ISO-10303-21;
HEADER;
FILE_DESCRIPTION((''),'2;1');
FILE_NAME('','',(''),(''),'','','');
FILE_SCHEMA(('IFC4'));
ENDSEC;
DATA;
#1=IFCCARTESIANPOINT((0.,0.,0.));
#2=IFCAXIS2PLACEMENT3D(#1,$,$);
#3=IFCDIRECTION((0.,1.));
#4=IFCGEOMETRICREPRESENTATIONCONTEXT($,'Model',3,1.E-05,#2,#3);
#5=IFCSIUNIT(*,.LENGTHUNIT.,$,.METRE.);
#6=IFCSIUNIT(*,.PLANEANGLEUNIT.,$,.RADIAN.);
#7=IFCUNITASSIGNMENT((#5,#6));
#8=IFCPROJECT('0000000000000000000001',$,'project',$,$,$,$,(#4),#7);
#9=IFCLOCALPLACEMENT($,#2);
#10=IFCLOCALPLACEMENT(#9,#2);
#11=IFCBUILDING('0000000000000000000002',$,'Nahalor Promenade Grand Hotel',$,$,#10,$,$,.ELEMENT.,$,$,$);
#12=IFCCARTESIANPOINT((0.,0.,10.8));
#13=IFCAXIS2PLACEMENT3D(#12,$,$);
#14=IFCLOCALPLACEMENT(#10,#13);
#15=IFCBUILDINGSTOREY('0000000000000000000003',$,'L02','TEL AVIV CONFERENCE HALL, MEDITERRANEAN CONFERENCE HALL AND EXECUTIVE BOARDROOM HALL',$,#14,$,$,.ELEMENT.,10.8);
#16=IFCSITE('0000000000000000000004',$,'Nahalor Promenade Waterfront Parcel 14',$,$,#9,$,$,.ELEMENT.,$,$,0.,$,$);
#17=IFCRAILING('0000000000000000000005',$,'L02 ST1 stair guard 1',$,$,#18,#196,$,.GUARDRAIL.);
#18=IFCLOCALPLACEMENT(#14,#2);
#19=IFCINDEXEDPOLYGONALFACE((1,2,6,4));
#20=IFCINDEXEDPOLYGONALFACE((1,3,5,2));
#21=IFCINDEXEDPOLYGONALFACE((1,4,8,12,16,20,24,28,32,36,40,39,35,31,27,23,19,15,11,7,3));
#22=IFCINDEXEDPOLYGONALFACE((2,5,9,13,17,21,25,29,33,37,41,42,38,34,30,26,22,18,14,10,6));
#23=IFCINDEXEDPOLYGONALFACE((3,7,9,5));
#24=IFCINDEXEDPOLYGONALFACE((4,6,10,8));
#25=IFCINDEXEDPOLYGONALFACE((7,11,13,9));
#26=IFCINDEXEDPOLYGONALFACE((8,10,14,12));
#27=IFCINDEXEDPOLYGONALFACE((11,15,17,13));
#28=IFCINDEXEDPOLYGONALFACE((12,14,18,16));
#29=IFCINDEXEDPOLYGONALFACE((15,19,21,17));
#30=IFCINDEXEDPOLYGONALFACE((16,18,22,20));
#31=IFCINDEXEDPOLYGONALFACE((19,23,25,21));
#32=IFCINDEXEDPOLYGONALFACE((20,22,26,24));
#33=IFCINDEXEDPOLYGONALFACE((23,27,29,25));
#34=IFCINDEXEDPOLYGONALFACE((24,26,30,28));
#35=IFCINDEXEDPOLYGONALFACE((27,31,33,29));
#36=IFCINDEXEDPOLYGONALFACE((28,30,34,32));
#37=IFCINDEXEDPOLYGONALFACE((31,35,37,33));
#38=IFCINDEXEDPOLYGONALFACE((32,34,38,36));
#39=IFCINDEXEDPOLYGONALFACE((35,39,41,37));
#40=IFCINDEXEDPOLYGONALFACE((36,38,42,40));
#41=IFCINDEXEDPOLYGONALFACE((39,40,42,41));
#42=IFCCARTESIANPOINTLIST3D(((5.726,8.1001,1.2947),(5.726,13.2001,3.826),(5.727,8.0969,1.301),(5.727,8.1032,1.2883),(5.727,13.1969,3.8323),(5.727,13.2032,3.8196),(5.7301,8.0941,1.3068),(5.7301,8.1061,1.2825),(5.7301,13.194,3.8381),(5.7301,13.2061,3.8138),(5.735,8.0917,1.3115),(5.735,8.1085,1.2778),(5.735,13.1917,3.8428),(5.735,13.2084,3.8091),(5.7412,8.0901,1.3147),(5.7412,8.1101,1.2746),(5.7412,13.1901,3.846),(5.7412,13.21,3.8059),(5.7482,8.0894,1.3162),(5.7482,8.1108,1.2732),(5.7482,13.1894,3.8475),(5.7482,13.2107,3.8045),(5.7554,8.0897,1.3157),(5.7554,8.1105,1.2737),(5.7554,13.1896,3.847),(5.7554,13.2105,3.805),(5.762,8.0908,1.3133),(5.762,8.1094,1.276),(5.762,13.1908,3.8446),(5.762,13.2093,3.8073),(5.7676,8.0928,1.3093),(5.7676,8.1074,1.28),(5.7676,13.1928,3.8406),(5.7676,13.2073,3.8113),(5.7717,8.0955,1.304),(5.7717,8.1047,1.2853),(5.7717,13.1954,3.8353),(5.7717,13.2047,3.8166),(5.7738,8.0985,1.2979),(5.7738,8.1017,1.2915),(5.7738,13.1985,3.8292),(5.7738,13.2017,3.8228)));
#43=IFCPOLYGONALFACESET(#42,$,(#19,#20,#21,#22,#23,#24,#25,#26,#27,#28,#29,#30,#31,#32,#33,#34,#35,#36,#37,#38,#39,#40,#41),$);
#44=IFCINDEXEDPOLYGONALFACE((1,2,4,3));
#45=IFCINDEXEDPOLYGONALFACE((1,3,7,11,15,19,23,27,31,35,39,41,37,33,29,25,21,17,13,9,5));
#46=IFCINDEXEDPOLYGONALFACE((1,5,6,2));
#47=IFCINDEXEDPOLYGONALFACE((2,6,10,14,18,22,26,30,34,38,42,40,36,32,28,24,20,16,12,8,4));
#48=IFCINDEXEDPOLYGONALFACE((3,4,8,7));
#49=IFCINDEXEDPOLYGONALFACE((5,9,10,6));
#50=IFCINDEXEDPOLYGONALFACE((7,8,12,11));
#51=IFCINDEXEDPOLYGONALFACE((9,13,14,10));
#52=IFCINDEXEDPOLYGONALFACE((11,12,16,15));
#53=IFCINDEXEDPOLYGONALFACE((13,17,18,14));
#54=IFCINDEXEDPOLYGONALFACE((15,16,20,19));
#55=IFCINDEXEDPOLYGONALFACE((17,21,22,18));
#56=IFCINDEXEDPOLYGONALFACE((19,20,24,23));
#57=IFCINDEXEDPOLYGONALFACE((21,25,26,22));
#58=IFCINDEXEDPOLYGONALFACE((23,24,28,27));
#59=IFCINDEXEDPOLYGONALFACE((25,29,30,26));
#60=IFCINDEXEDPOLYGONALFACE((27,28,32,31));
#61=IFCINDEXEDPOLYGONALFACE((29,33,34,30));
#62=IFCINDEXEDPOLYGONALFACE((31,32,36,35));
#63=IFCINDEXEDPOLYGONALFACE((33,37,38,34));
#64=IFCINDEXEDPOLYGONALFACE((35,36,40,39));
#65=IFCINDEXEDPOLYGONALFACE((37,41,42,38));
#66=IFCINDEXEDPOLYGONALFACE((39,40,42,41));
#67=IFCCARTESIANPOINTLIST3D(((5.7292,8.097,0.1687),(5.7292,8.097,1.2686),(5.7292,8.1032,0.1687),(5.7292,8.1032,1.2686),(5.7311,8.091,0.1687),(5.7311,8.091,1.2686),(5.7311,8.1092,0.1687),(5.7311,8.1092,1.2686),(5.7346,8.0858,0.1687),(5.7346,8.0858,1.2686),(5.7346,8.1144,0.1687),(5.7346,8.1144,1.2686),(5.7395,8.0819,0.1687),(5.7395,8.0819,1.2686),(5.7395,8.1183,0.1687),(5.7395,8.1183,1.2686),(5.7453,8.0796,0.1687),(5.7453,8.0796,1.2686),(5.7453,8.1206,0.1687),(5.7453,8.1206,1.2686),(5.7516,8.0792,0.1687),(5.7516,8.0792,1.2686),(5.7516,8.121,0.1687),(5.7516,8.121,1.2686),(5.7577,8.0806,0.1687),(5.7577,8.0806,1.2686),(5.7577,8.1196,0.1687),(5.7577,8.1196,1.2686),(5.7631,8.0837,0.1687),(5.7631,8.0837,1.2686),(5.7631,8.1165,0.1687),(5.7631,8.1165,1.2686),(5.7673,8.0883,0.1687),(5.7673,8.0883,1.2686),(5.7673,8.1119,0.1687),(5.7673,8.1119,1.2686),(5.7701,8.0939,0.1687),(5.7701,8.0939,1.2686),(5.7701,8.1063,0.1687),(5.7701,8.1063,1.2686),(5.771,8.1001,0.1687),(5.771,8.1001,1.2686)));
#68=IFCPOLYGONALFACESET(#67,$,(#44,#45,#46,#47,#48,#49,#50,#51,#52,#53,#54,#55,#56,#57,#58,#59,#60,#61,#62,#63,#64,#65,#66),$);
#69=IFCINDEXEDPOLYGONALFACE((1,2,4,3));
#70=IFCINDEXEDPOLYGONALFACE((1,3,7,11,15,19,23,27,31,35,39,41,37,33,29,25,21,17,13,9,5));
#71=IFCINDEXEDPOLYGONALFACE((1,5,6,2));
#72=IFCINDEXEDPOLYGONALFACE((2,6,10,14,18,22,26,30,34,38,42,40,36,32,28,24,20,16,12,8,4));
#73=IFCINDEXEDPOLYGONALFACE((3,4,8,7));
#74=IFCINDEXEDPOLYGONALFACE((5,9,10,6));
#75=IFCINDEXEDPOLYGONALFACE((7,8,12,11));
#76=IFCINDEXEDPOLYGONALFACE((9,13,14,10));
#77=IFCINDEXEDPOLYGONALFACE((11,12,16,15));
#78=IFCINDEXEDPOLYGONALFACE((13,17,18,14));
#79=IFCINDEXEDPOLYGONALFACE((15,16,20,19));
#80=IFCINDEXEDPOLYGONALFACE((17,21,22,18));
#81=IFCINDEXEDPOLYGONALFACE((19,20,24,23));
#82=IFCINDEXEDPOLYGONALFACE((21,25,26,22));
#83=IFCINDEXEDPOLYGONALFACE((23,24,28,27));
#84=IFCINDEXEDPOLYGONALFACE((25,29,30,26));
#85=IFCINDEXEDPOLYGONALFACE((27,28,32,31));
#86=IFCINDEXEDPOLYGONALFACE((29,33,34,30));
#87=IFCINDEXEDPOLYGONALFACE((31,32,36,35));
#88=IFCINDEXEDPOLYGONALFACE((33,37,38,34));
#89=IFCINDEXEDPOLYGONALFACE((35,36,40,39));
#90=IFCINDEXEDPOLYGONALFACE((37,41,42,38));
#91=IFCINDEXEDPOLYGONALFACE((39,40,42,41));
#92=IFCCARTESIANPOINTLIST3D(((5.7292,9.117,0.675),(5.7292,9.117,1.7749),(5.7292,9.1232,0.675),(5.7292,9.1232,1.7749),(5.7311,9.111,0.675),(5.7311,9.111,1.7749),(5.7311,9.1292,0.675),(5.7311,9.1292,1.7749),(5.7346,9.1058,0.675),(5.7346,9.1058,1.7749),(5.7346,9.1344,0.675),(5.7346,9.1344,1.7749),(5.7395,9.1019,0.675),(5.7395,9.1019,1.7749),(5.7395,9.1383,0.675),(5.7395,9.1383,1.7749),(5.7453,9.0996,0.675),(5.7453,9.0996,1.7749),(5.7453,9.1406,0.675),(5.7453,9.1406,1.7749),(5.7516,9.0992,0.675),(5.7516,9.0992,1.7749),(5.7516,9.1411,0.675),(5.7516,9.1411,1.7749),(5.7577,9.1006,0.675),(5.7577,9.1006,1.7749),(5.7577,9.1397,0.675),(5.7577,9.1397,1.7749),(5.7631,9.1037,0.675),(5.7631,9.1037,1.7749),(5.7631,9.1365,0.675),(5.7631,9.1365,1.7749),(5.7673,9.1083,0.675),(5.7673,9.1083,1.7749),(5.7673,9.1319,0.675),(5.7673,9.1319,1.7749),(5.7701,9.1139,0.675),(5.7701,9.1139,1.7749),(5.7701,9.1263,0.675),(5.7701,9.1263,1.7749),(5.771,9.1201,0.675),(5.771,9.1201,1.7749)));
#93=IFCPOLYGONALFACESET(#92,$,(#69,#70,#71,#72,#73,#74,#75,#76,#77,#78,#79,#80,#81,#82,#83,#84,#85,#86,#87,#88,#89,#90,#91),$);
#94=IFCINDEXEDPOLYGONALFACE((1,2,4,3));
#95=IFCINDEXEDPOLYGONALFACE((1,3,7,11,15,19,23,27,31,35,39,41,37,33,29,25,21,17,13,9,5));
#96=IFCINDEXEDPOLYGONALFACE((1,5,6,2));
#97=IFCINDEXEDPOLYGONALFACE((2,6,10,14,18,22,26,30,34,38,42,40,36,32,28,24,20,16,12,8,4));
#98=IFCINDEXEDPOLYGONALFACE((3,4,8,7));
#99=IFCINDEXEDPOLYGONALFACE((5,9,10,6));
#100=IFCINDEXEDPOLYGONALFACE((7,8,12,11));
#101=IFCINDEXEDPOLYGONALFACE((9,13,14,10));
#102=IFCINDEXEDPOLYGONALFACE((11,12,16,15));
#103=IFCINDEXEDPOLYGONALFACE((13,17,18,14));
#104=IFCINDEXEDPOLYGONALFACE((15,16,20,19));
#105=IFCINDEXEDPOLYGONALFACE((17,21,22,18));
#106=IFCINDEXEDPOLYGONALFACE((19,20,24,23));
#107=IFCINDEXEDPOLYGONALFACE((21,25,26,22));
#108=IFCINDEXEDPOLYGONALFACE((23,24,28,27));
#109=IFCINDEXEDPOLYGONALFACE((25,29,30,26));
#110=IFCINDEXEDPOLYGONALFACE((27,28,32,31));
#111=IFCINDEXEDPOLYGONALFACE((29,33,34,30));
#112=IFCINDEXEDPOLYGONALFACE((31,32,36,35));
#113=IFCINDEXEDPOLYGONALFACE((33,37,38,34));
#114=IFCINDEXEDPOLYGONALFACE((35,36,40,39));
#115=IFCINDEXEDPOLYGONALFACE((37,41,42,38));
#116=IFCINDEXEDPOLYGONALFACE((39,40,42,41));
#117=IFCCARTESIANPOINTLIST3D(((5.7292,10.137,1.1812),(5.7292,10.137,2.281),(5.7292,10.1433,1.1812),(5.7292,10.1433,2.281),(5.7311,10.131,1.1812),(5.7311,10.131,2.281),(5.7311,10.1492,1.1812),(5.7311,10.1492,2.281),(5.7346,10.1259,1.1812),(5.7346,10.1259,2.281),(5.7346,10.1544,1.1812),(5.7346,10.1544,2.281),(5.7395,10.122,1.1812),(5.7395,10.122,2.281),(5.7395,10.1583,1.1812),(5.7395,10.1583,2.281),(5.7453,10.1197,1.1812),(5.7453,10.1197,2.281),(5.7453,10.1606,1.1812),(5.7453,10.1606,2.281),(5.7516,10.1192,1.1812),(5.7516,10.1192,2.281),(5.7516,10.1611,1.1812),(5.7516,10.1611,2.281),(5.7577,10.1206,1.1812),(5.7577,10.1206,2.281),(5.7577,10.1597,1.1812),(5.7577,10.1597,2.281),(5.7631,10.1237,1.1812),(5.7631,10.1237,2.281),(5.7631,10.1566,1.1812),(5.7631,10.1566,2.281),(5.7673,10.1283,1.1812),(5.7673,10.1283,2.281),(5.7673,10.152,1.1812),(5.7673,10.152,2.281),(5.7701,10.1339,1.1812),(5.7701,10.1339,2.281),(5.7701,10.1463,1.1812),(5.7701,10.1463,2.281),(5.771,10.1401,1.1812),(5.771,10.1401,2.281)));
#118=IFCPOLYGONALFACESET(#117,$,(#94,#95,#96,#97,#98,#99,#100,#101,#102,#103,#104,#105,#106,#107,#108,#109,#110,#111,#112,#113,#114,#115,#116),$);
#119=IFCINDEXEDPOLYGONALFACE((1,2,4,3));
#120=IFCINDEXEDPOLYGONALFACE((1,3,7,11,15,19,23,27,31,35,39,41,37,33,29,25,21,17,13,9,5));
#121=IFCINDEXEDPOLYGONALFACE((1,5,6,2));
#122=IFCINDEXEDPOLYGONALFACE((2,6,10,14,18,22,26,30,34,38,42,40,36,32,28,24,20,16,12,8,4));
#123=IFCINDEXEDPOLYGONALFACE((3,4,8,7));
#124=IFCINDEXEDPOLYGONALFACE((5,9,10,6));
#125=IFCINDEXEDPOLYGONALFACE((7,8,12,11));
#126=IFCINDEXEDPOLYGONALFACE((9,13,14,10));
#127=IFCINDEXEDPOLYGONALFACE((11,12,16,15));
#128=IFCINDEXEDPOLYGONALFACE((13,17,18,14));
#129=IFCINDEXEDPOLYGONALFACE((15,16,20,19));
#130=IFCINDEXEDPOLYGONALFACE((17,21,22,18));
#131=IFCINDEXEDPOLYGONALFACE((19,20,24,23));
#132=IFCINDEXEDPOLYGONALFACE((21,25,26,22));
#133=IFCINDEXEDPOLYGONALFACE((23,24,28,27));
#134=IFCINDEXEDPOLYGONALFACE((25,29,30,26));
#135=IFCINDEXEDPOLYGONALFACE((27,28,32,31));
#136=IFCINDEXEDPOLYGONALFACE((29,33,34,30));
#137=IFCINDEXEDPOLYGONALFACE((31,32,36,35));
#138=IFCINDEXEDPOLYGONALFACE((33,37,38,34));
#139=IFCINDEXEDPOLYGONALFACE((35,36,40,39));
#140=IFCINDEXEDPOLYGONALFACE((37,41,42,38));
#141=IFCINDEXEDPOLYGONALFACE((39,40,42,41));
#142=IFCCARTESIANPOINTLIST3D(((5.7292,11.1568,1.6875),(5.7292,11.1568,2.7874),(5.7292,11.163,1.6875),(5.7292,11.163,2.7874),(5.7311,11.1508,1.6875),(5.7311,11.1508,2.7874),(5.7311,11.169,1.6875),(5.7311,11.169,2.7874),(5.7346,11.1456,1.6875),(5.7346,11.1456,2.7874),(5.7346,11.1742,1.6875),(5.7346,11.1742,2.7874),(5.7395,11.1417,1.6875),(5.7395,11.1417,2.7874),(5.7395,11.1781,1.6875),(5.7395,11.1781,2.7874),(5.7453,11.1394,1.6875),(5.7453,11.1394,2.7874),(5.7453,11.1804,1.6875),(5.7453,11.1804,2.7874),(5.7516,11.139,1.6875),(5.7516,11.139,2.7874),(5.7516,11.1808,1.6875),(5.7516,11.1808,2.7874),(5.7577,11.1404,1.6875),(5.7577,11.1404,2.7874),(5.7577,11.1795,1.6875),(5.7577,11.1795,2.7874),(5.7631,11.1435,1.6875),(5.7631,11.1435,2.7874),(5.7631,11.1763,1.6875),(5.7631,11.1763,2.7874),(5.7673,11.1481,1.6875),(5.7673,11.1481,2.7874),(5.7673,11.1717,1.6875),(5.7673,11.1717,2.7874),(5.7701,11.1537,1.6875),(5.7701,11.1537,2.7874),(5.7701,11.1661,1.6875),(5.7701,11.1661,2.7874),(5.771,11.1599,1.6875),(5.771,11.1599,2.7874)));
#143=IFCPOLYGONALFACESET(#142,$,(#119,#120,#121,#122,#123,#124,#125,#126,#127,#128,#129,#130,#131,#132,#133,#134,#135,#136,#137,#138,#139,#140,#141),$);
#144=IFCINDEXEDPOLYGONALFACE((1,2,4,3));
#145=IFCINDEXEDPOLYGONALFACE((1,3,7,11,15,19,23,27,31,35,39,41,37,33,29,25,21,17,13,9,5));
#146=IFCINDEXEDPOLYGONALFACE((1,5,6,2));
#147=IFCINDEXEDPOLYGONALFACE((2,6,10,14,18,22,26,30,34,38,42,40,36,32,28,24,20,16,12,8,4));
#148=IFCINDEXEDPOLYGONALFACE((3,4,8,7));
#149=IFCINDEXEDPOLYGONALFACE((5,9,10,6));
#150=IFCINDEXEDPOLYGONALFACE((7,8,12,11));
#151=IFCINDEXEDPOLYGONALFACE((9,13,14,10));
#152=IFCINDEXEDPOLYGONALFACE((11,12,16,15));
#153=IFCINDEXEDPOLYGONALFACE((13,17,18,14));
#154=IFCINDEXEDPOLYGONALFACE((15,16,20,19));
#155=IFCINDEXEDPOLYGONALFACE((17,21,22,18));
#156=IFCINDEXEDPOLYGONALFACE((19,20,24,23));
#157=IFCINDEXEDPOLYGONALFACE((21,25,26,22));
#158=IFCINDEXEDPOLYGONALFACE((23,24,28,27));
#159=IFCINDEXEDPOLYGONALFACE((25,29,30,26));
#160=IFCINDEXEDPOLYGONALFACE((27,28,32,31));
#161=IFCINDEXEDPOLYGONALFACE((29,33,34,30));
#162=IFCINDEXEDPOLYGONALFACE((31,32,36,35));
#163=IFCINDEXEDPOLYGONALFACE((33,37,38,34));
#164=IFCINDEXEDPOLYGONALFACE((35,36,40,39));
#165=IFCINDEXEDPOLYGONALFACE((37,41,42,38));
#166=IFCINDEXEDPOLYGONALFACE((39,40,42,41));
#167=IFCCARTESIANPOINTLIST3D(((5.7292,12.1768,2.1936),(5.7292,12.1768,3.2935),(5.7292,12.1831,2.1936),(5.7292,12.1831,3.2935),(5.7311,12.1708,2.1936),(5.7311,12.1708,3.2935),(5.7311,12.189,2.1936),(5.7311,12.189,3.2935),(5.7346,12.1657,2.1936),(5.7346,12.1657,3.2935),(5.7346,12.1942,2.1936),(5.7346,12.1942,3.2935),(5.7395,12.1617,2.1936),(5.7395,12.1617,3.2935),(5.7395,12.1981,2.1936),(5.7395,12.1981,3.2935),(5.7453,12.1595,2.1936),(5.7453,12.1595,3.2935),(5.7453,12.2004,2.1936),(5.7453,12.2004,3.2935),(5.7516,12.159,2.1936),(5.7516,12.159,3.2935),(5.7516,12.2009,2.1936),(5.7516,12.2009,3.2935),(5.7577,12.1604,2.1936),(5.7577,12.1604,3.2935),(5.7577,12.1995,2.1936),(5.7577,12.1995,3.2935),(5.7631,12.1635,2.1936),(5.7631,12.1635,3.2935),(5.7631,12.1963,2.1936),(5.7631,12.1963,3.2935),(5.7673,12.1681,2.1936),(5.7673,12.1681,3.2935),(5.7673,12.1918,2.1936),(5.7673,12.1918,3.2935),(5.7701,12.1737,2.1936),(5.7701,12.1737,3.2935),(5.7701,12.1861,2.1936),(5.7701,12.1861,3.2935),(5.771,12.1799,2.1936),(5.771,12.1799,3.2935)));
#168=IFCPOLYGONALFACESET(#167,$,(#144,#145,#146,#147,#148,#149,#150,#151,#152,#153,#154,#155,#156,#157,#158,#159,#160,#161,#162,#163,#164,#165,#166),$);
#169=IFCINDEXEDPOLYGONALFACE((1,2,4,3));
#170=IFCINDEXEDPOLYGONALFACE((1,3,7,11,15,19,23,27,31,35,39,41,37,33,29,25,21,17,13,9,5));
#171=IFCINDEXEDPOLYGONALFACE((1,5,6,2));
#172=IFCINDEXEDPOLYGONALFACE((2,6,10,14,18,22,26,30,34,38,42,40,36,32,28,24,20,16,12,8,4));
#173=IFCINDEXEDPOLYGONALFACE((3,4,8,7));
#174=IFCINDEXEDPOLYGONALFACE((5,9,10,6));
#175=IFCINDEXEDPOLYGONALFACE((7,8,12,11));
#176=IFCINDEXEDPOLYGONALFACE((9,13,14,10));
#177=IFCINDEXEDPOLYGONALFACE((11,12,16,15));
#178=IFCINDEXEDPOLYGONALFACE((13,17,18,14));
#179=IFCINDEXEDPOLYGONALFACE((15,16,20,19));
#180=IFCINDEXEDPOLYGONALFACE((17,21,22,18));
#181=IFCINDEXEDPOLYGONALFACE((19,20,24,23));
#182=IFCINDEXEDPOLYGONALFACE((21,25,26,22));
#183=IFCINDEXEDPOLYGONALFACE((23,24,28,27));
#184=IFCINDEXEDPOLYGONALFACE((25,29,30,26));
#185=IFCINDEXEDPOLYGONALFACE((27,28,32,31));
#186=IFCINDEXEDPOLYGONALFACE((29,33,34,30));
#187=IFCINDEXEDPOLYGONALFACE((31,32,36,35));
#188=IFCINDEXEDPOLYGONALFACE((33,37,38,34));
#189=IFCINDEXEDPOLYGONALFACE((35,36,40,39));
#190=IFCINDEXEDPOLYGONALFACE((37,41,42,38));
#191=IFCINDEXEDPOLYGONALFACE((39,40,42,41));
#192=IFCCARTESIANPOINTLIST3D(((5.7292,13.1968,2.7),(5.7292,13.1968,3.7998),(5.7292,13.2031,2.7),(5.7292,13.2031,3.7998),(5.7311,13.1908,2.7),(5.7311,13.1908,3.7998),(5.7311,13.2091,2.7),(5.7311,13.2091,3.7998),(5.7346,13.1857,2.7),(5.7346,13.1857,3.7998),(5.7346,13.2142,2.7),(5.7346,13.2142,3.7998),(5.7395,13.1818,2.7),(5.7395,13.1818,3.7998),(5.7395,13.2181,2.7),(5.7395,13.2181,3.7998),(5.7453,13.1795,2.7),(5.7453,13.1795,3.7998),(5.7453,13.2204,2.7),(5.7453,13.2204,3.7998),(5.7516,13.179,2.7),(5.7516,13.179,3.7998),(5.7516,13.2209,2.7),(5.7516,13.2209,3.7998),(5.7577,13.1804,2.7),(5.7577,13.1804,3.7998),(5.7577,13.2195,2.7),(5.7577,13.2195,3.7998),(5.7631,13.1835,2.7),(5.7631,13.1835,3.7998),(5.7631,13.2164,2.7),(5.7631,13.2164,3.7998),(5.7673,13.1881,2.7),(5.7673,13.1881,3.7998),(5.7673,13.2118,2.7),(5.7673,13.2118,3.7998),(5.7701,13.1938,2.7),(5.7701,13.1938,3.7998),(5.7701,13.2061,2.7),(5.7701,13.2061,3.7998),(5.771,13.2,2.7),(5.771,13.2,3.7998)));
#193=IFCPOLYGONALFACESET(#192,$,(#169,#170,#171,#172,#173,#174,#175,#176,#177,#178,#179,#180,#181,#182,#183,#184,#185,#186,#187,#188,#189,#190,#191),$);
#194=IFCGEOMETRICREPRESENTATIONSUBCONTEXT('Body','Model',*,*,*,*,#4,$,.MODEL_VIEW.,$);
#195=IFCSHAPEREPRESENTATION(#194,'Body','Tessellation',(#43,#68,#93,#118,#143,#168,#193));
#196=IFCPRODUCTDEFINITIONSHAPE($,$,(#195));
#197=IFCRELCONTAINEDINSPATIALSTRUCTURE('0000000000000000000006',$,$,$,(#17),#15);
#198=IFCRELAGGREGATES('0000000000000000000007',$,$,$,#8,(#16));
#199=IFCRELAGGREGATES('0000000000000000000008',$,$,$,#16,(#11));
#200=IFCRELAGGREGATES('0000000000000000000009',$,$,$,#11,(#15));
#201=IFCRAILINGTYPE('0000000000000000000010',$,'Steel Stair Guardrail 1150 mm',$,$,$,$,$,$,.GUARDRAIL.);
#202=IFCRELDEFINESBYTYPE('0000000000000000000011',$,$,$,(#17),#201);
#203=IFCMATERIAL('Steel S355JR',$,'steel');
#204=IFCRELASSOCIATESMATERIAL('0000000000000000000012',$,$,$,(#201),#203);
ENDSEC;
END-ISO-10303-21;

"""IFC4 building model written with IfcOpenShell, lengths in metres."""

from ifc_helpers import new_model, si_unit, direction, frame, origin, origin_2d, place, context, subcontext, project, spatial, circle, extrude, material, type_object, element, save


model = new_model("IFC4")

# Units and contexts
model_context = context("Model", 3, precision=1e-05, world=origin(), true_north=direction((0.0, 1.0)))
body_context = subcontext(model_context, "Body", "Model", "MODEL_VIEW")
ifc_project = project(units=[si_unit("LENGTHUNIT", "METRE"), si_unit("PLANEANGLEUNIT", "RADIAN")], contexts=[model_context])

# Site, building, storey
site_placement = place(None, origin())
site = spatial("IfcSite", under=ifc_project, at=site_placement, Name="Nahalor Promenade Waterfront Parcel 14", CompositionType="ELEMENT", RefElevation=0.0)
building_placement = place(site_placement, origin())
building = spatial("IfcBuilding", under=site, at=building_placement, Name="Nahalor Promenade Grand Hotel", CompositionType="ELEMENT")
storey_placement = place(building_placement, frame((0.0, 0.0, 10.8)))
storey = spatial("IfcBuildingStorey", under=building, at=storey_placement, Name="L02", Description="TEL AVIV CONFERENCE HALL, MEDITERRANEAN CONFERENCE HALL AND EXECUTIVE BOARDROOM HALL", CompositionType="ELEMENT", Elevation=10.8)

# Shared definitions
ifc_material_1 = material(Name="Steel S355JR", Category="steel")

# Railing
railing_type = type_object("IfcRailingType", Name="Steel Stair Guardrail 1150 mm", PredefinedType="GUARDRAIL", material=ifc_material_1)
railing_1_placement = place(storey_placement, frame((5.75, 8.1001, 0.1687)))
element("IfcRailing", 1, at=railing_1_placement, inside=storey, type_object=railing_type, Name="L02 ST1 stair guard 1", PredefinedType="GUARDRAIL", context=body_context, shape_type="SweptSolid", body=[
    extrude(circle(Radius=0.024, at=origin_2d()), frame((0.0, 0.0, 1.126), z_axis=(0.0, 0.895735, 0.444587), x_axis=(-1.0, 0.0, 0.0)), (0.0, 0.0, 1.0), 5.6936),
    extrude(circle(Radius=0.021, at=origin_2d()), origin(), (0.0, 0.0, 1.0), 1.0999),
    extrude(circle(Radius=0.021, at=origin_2d()), frame((0.0, 1.02, 0.5063)), (0.0, 0.0, 1.0), 1.0999),
    extrude(circle(Radius=0.021, at=origin_2d()), frame((0.0, 2.04, 1.0125)), (0.0, 0.0, 1.0), 1.0999),
    extrude(circle(Radius=0.021, at=origin_2d()), frame((0.0, 3.0598, 1.5188)), (0.0, 0.0, 1.0), 1.0999),
    extrude(circle(Radius=0.021, at=origin_2d()), frame((0.0, 4.0798, 2.0249)), (0.0, 0.0, 1.0), 1.0999),
    extrude(circle(Radius=0.021, at=origin_2d()), frame((0.0, 5.0999, 2.5312)), (0.0, 0.0, 1.0), 1.0999),
])

save(model, "model.ifc")
